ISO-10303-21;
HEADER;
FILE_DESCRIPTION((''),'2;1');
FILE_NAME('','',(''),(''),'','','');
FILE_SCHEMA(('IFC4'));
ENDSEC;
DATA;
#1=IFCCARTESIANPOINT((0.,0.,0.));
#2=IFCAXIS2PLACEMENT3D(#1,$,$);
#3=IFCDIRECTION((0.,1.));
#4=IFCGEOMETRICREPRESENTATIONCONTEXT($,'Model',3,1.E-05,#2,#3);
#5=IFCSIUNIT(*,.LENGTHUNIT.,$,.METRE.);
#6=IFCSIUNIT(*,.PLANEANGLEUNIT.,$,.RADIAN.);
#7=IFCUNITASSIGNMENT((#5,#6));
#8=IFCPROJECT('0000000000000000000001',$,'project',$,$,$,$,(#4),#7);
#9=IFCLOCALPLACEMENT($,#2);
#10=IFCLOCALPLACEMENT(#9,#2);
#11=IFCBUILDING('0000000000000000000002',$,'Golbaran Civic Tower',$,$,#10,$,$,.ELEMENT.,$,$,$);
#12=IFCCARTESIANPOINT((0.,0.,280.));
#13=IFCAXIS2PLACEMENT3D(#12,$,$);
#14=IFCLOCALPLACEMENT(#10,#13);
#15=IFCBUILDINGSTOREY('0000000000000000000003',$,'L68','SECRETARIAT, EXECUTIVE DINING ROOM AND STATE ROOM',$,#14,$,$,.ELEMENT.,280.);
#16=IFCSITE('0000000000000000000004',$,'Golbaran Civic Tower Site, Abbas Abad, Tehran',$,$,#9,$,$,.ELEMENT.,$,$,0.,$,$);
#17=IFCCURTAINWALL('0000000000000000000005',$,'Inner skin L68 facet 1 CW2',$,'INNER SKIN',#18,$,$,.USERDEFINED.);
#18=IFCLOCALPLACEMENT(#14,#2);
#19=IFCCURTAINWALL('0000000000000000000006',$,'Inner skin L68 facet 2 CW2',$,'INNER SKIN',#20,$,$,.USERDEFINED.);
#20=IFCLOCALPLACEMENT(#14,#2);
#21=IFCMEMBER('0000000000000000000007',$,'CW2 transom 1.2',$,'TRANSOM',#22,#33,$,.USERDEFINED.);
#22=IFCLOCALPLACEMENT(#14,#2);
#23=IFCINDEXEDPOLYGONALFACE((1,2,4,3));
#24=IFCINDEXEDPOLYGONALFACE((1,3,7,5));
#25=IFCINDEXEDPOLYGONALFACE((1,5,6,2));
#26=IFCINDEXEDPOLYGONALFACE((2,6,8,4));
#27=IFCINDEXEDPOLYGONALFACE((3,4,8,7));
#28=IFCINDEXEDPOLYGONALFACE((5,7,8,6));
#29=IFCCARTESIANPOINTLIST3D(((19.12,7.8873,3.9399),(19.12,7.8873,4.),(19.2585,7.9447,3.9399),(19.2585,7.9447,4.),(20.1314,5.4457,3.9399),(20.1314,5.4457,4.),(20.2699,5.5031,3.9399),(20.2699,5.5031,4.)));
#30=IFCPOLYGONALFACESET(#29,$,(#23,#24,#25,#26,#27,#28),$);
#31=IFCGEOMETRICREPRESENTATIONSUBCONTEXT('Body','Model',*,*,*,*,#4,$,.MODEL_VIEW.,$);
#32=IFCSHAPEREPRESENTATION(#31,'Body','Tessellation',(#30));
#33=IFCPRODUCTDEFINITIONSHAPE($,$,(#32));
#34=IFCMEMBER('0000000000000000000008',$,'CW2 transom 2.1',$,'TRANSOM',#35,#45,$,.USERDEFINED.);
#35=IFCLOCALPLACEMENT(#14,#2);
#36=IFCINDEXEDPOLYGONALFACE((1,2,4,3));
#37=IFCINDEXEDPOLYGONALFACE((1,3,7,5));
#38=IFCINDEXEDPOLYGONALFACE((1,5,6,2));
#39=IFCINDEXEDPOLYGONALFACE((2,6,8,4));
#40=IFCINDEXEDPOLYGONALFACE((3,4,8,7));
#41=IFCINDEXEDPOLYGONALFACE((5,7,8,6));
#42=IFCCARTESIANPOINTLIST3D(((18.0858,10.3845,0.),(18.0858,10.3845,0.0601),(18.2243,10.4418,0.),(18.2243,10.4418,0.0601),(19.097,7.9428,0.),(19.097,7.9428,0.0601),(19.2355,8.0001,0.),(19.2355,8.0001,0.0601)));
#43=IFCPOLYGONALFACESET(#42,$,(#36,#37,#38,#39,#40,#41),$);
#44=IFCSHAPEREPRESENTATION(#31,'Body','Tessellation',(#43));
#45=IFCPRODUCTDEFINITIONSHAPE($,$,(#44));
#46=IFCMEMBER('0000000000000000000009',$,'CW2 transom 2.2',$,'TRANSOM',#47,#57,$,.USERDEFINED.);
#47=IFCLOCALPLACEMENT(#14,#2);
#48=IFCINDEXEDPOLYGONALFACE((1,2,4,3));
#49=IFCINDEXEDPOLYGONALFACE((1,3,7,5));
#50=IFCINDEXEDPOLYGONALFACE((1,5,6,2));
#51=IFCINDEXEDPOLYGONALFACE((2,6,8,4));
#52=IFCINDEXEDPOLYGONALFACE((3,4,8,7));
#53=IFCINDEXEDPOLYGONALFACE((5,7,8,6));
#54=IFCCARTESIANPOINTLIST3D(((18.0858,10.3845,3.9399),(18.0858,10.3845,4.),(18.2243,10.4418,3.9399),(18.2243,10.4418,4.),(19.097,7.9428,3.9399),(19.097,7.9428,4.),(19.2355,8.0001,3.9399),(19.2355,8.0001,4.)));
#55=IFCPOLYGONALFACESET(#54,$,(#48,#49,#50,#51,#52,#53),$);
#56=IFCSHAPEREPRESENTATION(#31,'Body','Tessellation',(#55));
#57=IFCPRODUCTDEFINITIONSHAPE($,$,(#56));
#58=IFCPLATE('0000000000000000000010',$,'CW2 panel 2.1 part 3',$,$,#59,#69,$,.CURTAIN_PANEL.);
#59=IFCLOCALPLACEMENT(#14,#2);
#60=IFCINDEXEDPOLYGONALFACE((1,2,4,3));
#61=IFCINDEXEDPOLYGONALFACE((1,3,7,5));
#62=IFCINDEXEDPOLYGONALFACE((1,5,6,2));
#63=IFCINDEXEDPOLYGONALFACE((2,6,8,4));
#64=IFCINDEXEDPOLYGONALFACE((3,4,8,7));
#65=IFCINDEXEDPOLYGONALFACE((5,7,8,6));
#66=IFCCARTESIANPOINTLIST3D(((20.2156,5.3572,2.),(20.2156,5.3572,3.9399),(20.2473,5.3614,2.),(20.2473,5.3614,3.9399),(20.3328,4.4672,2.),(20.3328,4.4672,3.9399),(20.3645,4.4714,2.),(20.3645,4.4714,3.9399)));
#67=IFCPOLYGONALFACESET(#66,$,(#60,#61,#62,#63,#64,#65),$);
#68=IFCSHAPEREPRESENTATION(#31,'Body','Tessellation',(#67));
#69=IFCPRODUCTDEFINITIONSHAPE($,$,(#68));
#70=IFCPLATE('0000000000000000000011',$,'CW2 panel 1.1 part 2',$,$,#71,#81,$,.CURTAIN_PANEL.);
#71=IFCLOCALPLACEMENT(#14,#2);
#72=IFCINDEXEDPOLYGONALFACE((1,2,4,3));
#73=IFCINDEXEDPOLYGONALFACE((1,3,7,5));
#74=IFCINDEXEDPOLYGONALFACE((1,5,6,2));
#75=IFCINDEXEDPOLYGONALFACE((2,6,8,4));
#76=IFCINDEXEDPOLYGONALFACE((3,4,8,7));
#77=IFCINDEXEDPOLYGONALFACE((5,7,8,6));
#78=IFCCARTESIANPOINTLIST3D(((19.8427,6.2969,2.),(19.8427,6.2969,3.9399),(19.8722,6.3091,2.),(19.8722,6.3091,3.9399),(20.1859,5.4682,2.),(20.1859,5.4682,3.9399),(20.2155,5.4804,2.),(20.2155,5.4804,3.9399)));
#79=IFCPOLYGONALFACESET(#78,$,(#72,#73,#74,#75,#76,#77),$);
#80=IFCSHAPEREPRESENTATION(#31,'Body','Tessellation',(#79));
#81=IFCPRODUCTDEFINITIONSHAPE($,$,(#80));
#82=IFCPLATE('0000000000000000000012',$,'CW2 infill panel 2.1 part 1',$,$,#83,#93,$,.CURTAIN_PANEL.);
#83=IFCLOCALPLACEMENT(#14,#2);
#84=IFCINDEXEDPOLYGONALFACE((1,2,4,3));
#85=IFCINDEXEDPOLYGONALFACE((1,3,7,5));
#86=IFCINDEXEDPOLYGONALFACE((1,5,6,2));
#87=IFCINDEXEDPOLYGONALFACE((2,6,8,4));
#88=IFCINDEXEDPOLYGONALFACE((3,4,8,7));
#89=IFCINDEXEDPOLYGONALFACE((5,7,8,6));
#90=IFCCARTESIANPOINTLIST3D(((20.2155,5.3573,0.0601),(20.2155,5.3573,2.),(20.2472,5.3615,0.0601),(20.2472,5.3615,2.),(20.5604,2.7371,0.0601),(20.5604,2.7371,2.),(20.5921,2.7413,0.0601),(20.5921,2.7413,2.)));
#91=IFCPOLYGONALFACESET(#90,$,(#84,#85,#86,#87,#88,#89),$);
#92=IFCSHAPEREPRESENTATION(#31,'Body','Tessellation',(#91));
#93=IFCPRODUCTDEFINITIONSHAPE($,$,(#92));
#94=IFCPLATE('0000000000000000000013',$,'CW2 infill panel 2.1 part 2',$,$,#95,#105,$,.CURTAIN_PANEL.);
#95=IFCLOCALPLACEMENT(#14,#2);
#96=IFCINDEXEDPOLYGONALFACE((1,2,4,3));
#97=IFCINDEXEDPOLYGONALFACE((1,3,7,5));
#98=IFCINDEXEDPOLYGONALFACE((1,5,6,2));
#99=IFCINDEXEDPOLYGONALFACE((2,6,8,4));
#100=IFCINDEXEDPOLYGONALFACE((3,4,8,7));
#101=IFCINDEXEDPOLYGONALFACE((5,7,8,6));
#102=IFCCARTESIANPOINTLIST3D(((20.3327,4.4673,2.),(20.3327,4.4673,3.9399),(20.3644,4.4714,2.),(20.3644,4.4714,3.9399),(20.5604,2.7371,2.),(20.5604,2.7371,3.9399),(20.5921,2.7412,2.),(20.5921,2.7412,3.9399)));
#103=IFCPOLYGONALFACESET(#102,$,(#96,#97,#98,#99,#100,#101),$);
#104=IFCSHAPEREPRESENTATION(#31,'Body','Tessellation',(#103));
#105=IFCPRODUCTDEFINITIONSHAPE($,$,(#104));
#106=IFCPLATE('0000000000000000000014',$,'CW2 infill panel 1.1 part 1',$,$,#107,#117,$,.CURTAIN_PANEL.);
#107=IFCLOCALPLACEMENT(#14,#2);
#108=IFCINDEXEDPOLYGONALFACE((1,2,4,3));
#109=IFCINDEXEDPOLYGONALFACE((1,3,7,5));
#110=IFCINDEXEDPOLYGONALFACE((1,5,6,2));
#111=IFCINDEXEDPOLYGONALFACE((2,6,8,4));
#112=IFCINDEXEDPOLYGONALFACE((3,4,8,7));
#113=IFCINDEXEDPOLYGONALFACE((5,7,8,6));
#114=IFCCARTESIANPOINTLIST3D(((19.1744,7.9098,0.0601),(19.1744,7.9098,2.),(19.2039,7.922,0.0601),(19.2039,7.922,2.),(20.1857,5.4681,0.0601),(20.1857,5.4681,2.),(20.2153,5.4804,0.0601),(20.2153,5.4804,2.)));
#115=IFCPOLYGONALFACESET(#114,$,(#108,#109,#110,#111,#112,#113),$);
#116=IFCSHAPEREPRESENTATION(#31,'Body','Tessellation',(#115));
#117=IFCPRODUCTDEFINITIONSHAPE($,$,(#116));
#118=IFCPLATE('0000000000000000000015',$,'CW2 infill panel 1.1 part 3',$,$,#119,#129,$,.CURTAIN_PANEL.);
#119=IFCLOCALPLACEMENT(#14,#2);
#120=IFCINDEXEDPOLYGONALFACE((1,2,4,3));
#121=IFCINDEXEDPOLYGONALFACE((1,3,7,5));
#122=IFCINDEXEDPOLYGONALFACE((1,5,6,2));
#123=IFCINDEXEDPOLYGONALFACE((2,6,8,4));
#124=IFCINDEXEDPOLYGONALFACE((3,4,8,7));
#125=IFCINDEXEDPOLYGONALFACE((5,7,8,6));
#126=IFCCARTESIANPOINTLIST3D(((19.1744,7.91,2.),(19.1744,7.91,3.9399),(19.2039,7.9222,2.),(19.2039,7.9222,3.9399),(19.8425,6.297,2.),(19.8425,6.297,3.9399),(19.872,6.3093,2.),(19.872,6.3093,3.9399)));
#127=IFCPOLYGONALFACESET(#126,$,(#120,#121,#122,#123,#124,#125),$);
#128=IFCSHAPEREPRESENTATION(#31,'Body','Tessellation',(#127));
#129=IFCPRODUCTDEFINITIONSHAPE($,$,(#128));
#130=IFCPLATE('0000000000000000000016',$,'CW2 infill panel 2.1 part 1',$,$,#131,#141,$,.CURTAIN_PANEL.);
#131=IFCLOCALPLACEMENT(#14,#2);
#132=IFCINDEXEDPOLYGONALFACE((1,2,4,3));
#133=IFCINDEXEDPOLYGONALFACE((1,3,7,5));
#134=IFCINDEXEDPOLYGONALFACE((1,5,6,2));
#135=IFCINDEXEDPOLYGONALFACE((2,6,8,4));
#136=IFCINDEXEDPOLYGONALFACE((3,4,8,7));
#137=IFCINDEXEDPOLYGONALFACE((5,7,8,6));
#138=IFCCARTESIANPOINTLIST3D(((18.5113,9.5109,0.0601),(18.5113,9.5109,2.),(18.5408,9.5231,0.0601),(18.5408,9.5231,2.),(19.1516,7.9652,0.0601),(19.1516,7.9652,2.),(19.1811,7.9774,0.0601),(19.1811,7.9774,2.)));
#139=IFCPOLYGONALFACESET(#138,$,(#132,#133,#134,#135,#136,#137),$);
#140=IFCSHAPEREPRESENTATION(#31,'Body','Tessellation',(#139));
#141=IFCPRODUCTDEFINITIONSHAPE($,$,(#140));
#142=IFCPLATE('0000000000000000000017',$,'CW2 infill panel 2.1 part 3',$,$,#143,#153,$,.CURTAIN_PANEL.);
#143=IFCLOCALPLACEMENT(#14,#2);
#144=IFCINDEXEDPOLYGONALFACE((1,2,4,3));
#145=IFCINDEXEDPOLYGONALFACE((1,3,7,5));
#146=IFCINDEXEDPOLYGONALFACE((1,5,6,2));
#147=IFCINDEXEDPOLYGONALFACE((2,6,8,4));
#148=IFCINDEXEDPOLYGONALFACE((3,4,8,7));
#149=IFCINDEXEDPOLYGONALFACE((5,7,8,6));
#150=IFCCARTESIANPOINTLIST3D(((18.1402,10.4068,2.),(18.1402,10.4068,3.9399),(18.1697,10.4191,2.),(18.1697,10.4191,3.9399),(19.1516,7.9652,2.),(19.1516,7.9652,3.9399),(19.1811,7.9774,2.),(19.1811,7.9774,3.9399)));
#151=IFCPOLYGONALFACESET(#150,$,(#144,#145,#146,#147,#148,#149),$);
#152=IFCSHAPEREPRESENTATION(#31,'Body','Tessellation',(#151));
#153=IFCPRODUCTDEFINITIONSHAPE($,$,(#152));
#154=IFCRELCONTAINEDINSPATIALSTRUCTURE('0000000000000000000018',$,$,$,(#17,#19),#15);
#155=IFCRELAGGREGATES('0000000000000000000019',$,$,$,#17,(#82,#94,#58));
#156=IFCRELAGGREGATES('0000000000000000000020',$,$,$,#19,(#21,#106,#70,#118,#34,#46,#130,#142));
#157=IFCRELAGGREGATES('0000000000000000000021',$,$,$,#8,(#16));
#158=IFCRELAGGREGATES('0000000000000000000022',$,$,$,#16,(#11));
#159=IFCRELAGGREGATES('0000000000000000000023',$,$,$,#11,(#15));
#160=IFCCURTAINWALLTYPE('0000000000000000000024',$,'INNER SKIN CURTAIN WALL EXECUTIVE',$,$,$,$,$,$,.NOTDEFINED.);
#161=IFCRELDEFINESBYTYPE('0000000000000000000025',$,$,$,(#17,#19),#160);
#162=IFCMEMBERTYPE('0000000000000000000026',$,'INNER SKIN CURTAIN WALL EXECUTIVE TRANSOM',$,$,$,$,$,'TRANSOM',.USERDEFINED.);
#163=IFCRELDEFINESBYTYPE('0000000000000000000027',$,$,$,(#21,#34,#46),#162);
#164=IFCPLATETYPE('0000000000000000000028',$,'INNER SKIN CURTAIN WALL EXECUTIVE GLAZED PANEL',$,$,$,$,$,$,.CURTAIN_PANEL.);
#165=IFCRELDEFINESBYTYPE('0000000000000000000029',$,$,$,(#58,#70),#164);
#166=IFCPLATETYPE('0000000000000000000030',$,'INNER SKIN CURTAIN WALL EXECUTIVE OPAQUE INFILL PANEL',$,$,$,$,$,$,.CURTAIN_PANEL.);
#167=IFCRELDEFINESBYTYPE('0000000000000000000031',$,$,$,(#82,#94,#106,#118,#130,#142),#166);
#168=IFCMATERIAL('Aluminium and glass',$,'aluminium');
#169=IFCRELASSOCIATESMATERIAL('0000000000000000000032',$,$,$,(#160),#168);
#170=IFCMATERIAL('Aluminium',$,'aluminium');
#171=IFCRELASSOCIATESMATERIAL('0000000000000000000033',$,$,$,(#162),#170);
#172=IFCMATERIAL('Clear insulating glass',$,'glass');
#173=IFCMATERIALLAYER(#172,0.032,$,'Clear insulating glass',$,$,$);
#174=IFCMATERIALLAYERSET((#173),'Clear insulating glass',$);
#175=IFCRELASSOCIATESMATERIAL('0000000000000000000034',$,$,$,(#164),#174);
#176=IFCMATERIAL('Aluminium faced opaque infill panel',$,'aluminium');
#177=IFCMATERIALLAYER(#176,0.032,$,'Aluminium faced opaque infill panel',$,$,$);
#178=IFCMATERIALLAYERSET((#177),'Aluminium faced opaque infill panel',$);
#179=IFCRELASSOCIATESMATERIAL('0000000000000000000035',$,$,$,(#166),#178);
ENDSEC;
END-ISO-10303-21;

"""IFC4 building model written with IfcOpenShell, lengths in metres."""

from ifc_helpers import new_model, si_unit, direction, frame, origin, origin_2d, place, context, subcontext, project, spatial, rectangle, extrude, material, layer, layer_set, material_profile, profile_set, type_object, element, aggregate, save


model = new_model("IFC4")

# Units and contexts
model_context = context("Model", 3, precision=1e-05, world=origin(), true_north=direction((0.0, 1.0)))
body_context = subcontext(model_context, "Body", "Model", "MODEL_VIEW")
ifc_project = project(units=[si_unit("LENGTHUNIT", "METRE"), si_unit("PLANEANGLEUNIT", "RADIAN")], contexts=[model_context])

# Site, building, storey
site_placement = place(None, origin())
site = spatial("IfcSite", under=ifc_project, at=site_placement, Name="Golbaran Civic Tower Site, Abbas Abad, Tehran", CompositionType="ELEMENT", RefElevation=0.0)
building_placement = place(site_placement, origin())
building = spatial("IfcBuilding", under=site, at=building_placement, Name="Golbaran Civic Tower", CompositionType="ELEMENT")
storey_placement = place(building_placement, frame((0.0, 0.0, 280.0)))
storey = spatial("IfcBuildingStorey", under=building, at=storey_placement, Name="L68", Description="SECRETARIAT, EXECUTIVE DINING ROOM AND STATE ROOM", CompositionType="ELEMENT", Elevation=280.0)

# Curtain walls
ifc_material_1 = material(Name="Aluminium and glass", Category="aluminium")
curtain_wall_type = type_object("IfcCurtainWallType", Name="INNER SKIN CURTAIN WALL EXECUTIVE", PredefinedType="NOTDEFINED", material=ifc_material_1)
curtain_wall_1_placement = place(storey_placement, origin())
curtain_wall_1 = element("IfcCurtainWall", 1, at=curtain_wall_1_placement, inside=storey, type_object=curtain_wall_type, Name="Inner skin L68 facet 1 CW2", ObjectType="INNER SKIN", PredefinedType="USERDEFINED")
ifc_material_2 = material(Name="Aluminium", Category="aluminium")
curtain_wall_2_placement = place(storey_placement, origin())
curtain_wall_2 = element("IfcCurtainWall", 2, at=curtain_wall_2_placement, inside=storey, type_object=curtain_wall_type, Name="Inner skin L68 facet 2 CW2", ObjectType="INNER SKIN", PredefinedType="USERDEFINED")

# Members
ifc_material_profile_1 = material_profile(ifc_material_2, rectangle(XDim=0.1499, YDim=0.0601, at=origin_2d()), Name="INNER SKIN CURTAIN WALL EXECUTIVE TRANSOM")
ifc_profile_set_1 = profile_set([ifc_material_profile_1], Name="Aluminium")
member_type_1 = type_object("IfcMemberType", Name="INNER SKIN CURTAIN WALL EXECUTIVE TRANSOM", ElementType="TRANSOM", PredefinedType="USERDEFINED", material=ifc_profile_set_1)
member_1_placement = place(storey_placement, frame((20.2007, 5.4744, 3.97), z_axis=(-0.382719, 0.923865, 0.0), x_axis=(-0.923865, -0.382719, 0.0)))
member_1 = element("IfcMember", 3, at=member_1_placement, type_object=member_type_1, Name="CW2 transom 1.2", ObjectType="TRANSOM", PredefinedType="USERDEFINED", context=body_context, shape_type="SweptSolid", body=[
    extrude(rectangle(XDim=0.1499, YDim=0.0601, at=origin_2d()), origin(), (0.0, 0.0, 1.0), 2.6428),
])
member_2_placement = place(storey_placement, frame((19.1663, 7.9714, 0.03), z_axis=(-0.38264, 0.923897, 0.0), x_axis=(-0.923897, -0.38264, 0.0)))
member_2 = element("IfcMember", 4, at=member_2_placement, type_object=member_type_1, Name="CW2 transom 2.1", ObjectType="TRANSOM", PredefinedType="USERDEFINED", context=body_context, shape_type="SweptSolid", body=[
    extrude(rectangle(XDim=0.1499, YDim=0.0601, at=origin_2d()), origin(), (0.0, 0.0, 1.0), 2.6428),
])
member_3_placement = place(storey_placement, frame((19.1663, 7.9714, 3.97), z_axis=(-0.38264, 0.923897, 0.0), x_axis=(-0.923897, -0.38264, 0.0)))
member_3 = element("IfcMember", 5, at=member_3_placement, type_object=member_type_1, Name="CW2 transom 2.2", ObjectType="TRANSOM", PredefinedType="USERDEFINED", context=body_context, shape_type="SweptSolid", body=[
    extrude(rectangle(XDim=0.1499, YDim=0.0601, at=origin_2d()), origin(), (0.0, 0.0, 1.0), 2.6428),
])

# Plates
ifc_material_3 = material(Name="Clear insulating glass", Category="glass")
ifc_layer_1 = layer(ifc_material_3, 0.032, Name="Clear insulating glass")
ifc_layer_set_1 = layer_set([ifc_layer_1], Name="Clear insulating glass")
plate_type_1 = type_object("IfcPlateType", Name="INNER SKIN CURTAIN WALL EXECUTIVE GLAZED PANEL", PredefinedType="CURTAIN_PANEL", material=ifc_layer_set_1)
plate_1_placement = place(storey_placement, frame((20.29, 4.9143, 2.0), z_axis=(0.0, 0.0, 1.0), x_axis=(-0.130526, 0.991445, 0.0)))
plate_1 = element("IfcPlate", 6, at=plate_1_placement, type_object=plate_type_1, Name="CW2 panel 2.1 part 3", PredefinedType="CURTAIN_PANEL", context=body_context, shape_type="SweptSolid", body=[
    extrude(rectangle(XDim=0.8977, YDim=0.032, at=origin_2d()), origin(), (0.0, 0.0, 1.0), 1.9399),
])
plate_2_placement = place(storey_placement, frame((20.0291, 5.8887, 2.0), z_axis=(0.0, 0.0, 1.0), x_axis=(-0.382683, 0.92388, 0.0)))
plate_2 = element("IfcPlate", 7, at=plate_2_placement, type_object=plate_type_1, Name="CW2 panel 1.1 part 2", PredefinedType="CURTAIN_PANEL", context=body_context, shape_type="SweptSolid", body=[
    extrude(rectangle(XDim=0.897, YDim=0.032, at=origin_2d()), origin(), (0.0, 0.0, 1.0), 1.9399),
])
ifc_material_4 = material(Name="Aluminium faced opaque infill panel", Category="aluminium")
ifc_layer_2 = layer(ifc_material_4, 0.032, Name="Aluminium faced opaque infill panel")
ifc_layer_set_2 = layer_set([ifc_layer_2], Name="Aluminium faced opaque infill panel")
plate_type_2 = type_object("IfcPlateType", Name="INNER SKIN CURTAIN WALL EXECUTIVE OPAQUE INFILL PANEL", PredefinedType="CURTAIN_PANEL", material=ifc_layer_set_2)
plate_3_placement = place(storey_placement, frame((20.4038, 4.0493, 0.0601), z_axis=(0.0, 0.0, 1.0), x_axis=(-0.130526, 0.991445, 0.0)))
plate_3 = element("IfcPlate", 8, at=plate_3_placement, type_object=plate_type_2, Name="CW2 infill panel 2.1 part 1", PredefinedType="CURTAIN_PANEL", context=body_context, shape_type="SweptSolid", body=[
    extrude(rectangle(XDim=2.6428, YDim=0.032, at=origin_2d()), origin(), (0.0, 0.0, 1.0), 1.9399),
])
plate_4_placement = place(storey_placement, frame((20.4624, 3.6042, 2.0), z_axis=(0.0, 0.0, 1.0), x_axis=(-0.130526, 0.991445, 0.0)))
plate_4 = element("IfcPlate", 9, at=plate_4_placement, type_object=plate_type_2, Name="CW2 infill panel 2.1 part 2", PredefinedType="CURTAIN_PANEL", context=body_context, shape_type="SweptSolid", body=[
    extrude(rectangle(XDim=1.7451, YDim=0.032, at=origin_2d()), origin(), (0.0, 0.0, 1.0), 1.9399),
])
aggregate(curtain_wall_1, [plate_3, plate_4, plate_1])
plate_5_placement = place(storey_placement, frame((19.6948, 6.6951, 0.0601), z_axis=(0.0, 0.0, 1.0), x_axis=(-0.382683, 0.92388, 0.0)))
plate_5 = element("IfcPlate", 10, at=plate_5_placement, type_object=plate_type_2, Name="CW2 infill panel 1.1 part 1", PredefinedType="CURTAIN_PANEL", context=body_context, shape_type="SweptSolid", body=[
    extrude(rectangle(XDim=2.6428, YDim=0.032, at=origin_2d()), origin(), (0.0, 0.0, 1.0), 1.9399),
])
plate_6_placement = place(storey_placement, frame((19.5232, 7.1096, 2.0), z_axis=(0.0, 0.0, 1.0), x_axis=(-0.382683, 0.92388, 0.0)))
plate_6 = element("IfcPlate", 11, at=plate_6_placement, type_object=plate_type_2, Name="CW2 infill panel 1.1 part 3", PredefinedType="CURTAIN_PANEL", context=body_context, shape_type="SweptSolid", body=[
    extrude(rectangle(XDim=1.7458, YDim=0.032, at=origin_2d()), origin(), (0.0, 0.0, 1.0), 1.9399),
])
plate_7_placement = place(storey_placement, frame((18.8462, 8.7441, 0.0601), z_axis=(0.0, 0.0, 1.0), x_axis=(-0.382683, 0.92388, 0.0)))
plate_7 = element("IfcPlate", 12, at=plate_7_placement, type_object=plate_type_2, Name="CW2 infill panel 2.1 part 1", PredefinedType="CURTAIN_PANEL", context=body_context, shape_type="SweptSolid", body=[
    extrude(rectangle(XDim=1.6731, YDim=0.032, at=origin_2d()), origin(), (0.0, 0.0, 1.0), 1.9399),
])
plate_8_placement = place(storey_placement, frame((18.6606, 9.1921, 2.0), z_axis=(0.0, 0.0, 1.0), x_axis=(-0.382683, 0.92388, 0.0)))
plate_8 = element("IfcPlate", 13, at=plate_8_placement, type_object=plate_type_2, Name="CW2 infill panel 2.1 part 3", PredefinedType="CURTAIN_PANEL", context=body_context, shape_type="SweptSolid", body=[
    extrude(rectangle(XDim=2.6428, YDim=0.032, at=origin_2d()), origin(), (0.0, 0.0, 1.0), 1.9399),
])
aggregate(curtain_wall_2, [member_1, plate_5, plate_2, plate_6, member_2, member_3, plate_7, plate_8])

save(model, "model.ifc")
